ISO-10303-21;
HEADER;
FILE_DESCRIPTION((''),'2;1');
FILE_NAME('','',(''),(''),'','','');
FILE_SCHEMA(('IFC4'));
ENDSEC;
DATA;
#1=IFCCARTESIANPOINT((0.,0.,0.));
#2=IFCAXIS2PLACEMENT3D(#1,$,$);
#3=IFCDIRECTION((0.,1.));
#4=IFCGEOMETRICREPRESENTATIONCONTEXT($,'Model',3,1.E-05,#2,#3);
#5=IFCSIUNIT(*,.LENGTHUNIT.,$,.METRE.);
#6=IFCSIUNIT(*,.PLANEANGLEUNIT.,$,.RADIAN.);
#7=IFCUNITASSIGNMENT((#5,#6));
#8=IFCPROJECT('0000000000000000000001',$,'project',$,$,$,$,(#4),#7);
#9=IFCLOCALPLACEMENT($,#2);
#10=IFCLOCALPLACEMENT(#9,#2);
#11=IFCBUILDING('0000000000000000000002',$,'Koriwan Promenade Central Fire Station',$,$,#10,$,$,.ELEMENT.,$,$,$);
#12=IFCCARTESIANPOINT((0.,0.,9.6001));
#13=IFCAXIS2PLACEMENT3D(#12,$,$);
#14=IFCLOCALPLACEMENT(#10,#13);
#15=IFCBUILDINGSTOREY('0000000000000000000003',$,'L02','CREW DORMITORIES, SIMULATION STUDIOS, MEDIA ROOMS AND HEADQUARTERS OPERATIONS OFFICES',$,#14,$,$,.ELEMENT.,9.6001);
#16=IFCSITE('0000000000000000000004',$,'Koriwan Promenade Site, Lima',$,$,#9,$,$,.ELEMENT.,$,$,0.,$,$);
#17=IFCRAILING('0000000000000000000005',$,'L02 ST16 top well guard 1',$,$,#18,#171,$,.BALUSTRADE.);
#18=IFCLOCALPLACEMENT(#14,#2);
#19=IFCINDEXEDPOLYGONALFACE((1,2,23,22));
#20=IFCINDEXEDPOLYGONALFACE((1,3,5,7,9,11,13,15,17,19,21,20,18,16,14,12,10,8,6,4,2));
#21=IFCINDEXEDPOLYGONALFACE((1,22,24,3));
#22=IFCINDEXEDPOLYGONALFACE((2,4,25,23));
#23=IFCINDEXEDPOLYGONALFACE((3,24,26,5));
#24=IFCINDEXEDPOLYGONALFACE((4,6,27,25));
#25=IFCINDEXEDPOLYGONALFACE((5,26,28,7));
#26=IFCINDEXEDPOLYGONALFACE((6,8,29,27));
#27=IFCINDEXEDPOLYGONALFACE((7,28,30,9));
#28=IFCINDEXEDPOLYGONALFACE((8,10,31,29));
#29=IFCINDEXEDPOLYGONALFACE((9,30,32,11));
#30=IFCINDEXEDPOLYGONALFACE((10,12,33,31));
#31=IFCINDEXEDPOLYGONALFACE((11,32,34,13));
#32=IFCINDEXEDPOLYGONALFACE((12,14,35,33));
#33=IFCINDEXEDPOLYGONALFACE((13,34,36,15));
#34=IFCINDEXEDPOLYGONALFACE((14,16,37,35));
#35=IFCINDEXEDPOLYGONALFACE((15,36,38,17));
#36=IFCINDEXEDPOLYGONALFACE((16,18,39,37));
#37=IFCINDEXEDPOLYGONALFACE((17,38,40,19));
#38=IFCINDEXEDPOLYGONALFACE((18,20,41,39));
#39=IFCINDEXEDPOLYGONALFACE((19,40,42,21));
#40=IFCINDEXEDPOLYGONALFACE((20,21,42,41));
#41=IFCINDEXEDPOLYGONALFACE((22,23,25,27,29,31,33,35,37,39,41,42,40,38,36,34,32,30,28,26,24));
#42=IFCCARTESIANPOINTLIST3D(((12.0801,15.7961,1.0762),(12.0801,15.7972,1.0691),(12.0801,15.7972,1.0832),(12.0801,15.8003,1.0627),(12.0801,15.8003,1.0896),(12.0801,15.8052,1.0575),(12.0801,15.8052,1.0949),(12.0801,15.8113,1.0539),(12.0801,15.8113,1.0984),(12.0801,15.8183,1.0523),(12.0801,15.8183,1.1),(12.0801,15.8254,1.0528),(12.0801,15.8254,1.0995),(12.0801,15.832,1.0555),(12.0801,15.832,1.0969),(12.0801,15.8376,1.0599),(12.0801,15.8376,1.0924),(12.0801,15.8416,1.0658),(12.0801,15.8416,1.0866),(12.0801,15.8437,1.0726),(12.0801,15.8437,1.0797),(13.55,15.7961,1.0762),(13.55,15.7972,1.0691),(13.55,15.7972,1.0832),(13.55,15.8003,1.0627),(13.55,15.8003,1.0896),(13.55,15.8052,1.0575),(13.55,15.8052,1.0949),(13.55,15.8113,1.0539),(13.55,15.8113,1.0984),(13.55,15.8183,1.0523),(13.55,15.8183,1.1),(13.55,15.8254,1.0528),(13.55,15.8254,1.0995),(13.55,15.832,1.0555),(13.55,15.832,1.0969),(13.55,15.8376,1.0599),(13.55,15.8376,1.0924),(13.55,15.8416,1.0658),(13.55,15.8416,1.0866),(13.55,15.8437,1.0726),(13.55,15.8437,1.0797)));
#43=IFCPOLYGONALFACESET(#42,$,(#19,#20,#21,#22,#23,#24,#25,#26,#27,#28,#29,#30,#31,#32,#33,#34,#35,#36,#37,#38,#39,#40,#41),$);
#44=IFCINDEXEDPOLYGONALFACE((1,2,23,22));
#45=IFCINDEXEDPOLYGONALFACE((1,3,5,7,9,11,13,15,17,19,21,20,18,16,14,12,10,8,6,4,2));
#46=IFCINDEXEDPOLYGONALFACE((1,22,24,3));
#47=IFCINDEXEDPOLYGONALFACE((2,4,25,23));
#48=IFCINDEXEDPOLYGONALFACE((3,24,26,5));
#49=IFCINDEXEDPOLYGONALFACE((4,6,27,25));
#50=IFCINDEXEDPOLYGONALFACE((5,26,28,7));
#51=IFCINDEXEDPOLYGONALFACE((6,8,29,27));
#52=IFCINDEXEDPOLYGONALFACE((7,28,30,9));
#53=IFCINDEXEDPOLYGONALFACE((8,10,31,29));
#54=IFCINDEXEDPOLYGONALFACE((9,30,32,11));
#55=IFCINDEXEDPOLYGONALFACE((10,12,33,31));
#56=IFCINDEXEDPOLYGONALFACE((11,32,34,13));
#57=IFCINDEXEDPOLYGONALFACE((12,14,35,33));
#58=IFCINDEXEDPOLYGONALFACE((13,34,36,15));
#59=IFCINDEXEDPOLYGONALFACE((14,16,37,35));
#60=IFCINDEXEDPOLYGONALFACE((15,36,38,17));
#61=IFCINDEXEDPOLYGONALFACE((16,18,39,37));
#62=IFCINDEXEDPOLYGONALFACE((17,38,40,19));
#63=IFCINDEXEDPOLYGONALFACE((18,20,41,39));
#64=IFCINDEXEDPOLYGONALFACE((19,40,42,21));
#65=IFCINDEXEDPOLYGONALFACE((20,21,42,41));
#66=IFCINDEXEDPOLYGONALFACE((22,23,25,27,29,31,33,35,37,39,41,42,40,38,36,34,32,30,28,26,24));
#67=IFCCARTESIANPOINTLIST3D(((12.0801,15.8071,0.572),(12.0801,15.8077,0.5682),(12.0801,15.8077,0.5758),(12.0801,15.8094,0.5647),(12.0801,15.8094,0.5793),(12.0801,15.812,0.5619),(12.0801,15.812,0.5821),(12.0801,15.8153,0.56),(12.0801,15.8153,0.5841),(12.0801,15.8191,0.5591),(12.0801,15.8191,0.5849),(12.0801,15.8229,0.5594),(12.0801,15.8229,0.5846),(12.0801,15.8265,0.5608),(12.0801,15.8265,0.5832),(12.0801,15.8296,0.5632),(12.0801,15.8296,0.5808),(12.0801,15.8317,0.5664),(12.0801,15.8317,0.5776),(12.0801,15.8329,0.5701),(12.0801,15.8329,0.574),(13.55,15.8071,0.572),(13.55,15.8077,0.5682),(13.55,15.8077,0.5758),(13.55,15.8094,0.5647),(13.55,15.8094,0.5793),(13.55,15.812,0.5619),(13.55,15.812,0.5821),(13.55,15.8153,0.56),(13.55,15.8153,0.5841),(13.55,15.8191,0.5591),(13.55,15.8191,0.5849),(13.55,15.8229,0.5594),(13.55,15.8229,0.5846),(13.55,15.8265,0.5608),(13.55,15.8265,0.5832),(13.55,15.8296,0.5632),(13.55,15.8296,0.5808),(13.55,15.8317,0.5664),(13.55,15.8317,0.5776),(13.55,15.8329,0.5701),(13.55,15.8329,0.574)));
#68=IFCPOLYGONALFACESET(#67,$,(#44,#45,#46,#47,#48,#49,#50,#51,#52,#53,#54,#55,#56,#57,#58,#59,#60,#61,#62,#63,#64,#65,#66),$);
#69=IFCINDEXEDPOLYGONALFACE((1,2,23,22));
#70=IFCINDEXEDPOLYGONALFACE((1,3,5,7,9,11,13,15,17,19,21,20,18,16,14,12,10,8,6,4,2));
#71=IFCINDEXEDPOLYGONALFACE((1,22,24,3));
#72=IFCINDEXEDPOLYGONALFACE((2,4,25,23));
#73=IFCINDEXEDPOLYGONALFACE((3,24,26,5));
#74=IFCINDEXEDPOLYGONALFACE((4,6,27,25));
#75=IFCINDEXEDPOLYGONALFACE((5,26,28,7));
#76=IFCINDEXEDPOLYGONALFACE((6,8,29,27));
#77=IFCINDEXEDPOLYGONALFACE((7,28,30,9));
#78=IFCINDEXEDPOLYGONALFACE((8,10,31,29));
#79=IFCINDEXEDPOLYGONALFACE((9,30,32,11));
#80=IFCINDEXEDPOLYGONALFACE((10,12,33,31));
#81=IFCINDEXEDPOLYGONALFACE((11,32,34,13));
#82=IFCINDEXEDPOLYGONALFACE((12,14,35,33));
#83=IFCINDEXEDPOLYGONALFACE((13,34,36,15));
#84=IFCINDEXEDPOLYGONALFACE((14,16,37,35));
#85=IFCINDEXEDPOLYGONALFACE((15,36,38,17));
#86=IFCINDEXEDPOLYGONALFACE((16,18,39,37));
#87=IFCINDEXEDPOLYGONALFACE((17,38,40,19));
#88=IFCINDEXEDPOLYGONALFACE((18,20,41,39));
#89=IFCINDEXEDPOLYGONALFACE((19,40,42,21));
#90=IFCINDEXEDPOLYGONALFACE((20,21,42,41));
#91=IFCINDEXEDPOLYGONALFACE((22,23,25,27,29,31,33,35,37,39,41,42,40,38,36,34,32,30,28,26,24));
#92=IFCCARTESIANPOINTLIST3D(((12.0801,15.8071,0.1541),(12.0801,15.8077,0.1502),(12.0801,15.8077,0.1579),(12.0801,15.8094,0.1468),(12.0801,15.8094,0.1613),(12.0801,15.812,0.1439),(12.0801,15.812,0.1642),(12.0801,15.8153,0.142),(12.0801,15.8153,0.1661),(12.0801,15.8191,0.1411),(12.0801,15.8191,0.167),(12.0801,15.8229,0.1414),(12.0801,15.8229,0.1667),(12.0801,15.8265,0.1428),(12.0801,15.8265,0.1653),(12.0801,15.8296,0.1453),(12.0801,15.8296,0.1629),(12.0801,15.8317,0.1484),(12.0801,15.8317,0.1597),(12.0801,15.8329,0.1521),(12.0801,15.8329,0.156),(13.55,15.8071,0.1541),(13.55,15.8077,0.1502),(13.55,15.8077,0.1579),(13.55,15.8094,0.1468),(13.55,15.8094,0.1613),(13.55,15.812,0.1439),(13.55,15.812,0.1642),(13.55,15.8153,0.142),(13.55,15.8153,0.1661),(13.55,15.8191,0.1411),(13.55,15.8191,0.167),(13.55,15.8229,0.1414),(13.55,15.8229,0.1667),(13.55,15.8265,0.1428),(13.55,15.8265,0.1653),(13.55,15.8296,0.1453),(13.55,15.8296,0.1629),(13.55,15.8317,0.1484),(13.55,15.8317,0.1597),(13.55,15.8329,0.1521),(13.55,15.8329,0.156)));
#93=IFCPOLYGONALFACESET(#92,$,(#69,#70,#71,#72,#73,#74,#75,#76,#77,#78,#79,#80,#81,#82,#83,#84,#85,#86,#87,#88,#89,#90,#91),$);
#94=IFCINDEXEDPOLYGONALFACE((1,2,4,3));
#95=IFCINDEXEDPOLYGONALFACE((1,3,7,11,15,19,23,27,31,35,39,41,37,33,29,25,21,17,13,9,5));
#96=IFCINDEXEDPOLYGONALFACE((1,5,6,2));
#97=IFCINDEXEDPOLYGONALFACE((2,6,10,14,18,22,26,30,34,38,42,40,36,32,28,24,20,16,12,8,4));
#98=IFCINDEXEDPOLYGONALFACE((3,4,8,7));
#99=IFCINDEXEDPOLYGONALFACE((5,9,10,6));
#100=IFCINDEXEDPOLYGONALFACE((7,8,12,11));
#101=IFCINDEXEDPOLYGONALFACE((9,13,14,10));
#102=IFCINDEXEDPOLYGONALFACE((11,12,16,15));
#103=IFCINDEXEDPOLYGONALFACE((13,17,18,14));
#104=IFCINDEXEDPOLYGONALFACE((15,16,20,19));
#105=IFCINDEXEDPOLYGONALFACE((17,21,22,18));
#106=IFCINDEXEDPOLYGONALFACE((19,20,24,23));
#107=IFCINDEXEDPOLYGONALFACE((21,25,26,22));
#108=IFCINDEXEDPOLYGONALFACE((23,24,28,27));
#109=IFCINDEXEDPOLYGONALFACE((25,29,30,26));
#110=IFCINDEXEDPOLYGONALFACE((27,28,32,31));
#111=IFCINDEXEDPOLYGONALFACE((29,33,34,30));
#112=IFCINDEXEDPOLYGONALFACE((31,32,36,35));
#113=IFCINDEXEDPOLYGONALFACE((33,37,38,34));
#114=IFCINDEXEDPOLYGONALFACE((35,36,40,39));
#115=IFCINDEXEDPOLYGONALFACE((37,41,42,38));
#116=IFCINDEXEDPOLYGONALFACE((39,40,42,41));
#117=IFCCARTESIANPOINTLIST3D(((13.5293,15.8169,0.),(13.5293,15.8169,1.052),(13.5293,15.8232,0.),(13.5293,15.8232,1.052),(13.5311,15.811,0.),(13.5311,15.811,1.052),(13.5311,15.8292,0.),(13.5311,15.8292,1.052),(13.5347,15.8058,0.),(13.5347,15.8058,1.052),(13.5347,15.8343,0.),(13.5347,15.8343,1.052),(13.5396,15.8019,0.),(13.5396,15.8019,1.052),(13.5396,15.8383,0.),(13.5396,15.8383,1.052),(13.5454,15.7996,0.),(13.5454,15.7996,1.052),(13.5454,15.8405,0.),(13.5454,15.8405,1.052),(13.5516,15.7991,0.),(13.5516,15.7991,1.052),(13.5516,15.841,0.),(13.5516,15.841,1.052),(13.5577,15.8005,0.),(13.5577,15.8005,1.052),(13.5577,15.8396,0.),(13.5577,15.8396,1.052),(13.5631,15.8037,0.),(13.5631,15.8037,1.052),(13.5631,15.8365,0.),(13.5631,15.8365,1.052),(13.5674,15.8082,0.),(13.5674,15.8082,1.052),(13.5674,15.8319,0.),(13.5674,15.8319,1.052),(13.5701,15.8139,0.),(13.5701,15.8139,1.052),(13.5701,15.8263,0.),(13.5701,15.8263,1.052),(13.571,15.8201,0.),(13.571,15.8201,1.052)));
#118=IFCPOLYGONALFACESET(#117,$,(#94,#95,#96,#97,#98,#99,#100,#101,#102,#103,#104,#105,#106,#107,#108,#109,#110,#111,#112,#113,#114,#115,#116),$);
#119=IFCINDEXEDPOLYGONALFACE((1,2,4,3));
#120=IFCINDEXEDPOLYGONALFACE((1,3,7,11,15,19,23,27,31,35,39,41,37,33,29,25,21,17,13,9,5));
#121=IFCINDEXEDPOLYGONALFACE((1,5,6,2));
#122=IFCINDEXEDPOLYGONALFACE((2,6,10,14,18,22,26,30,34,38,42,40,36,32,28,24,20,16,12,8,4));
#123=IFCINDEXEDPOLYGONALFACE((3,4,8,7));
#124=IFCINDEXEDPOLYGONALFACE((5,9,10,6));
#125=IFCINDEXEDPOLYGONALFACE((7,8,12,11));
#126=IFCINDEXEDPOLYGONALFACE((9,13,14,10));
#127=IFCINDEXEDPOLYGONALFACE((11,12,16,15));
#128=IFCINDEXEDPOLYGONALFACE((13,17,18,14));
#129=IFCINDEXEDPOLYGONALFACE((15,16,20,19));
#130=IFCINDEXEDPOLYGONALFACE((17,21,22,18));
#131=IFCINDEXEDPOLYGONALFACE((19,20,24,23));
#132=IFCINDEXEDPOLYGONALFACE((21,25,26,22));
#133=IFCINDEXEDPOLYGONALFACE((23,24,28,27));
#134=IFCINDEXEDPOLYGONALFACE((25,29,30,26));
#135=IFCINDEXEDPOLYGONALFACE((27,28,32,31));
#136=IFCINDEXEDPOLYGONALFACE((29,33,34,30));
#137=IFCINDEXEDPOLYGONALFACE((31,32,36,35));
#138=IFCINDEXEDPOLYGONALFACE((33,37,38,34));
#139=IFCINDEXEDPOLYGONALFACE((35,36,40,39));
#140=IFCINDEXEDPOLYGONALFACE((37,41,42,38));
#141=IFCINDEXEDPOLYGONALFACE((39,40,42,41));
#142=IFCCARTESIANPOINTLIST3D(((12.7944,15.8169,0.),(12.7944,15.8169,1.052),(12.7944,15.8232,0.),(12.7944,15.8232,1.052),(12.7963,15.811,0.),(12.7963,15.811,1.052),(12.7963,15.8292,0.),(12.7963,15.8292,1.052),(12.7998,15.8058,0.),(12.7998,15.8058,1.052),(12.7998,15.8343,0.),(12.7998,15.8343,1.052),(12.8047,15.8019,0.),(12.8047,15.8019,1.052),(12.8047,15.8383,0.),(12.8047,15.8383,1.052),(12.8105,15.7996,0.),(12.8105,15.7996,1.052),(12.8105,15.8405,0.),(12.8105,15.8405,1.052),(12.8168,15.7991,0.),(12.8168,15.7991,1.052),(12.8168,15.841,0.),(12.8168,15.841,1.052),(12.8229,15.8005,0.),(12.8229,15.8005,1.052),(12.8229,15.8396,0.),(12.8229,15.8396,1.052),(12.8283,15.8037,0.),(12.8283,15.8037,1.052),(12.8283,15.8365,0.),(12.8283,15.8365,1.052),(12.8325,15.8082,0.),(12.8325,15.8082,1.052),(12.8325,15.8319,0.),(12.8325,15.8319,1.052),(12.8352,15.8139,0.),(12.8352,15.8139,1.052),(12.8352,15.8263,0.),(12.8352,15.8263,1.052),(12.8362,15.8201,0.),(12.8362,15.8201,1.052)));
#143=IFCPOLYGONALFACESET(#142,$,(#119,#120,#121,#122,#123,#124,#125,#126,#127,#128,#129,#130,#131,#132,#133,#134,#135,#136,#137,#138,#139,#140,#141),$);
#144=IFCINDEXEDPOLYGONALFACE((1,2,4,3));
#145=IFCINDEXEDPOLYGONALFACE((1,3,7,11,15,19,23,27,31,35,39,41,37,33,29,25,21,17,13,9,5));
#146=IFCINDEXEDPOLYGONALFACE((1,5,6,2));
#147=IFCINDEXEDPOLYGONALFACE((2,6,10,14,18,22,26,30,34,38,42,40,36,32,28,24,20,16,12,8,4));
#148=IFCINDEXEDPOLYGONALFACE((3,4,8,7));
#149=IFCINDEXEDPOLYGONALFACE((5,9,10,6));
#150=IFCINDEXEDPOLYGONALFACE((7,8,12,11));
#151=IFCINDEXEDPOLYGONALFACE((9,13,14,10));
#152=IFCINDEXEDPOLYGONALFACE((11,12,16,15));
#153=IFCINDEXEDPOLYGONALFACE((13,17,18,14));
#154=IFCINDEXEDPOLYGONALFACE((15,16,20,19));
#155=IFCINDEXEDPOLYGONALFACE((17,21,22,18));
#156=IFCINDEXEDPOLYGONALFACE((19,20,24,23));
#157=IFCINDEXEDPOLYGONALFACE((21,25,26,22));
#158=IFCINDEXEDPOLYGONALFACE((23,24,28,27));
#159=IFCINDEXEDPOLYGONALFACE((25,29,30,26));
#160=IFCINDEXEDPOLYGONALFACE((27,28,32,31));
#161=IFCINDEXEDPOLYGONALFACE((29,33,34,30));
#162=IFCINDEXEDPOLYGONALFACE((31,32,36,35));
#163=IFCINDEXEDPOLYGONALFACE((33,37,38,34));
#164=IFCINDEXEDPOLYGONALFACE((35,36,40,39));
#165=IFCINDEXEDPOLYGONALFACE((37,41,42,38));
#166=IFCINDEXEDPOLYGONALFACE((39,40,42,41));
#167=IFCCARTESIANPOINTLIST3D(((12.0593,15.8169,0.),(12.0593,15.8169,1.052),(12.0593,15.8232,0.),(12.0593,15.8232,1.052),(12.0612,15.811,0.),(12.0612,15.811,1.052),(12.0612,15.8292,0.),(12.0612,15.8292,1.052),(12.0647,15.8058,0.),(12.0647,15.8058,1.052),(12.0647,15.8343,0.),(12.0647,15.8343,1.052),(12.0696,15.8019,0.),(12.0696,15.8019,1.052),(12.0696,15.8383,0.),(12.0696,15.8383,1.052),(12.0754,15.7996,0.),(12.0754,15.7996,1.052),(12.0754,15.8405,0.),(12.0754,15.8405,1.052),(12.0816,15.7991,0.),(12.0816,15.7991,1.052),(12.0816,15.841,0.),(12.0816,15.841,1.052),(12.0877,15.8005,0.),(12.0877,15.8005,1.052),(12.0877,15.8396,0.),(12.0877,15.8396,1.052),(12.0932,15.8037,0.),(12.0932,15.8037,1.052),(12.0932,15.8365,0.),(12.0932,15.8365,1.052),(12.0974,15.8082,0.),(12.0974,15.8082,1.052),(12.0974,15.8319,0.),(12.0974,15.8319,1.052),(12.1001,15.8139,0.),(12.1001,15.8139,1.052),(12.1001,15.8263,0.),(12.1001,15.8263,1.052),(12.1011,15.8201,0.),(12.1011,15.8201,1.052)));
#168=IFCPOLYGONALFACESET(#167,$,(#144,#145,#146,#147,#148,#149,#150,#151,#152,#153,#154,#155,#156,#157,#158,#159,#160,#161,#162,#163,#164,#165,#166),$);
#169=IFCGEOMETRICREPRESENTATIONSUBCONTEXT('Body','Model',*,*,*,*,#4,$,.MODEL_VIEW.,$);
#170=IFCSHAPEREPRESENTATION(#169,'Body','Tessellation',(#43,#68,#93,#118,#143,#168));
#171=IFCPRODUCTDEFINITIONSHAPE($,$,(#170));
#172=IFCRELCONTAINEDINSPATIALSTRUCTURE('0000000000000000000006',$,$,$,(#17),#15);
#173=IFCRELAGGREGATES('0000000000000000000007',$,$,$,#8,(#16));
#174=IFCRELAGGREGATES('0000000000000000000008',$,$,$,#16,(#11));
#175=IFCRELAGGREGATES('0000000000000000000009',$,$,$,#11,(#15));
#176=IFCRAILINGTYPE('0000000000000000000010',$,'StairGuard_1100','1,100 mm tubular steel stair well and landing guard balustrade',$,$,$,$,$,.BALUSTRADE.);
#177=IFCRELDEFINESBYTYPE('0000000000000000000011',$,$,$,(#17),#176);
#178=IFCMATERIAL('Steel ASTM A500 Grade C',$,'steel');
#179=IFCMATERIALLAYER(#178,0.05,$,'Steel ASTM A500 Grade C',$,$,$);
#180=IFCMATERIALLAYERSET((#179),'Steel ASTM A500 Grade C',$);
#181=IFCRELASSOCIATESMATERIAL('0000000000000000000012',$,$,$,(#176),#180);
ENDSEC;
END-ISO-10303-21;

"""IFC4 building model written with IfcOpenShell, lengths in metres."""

from ifc_helpers import new_model, si_unit, direction, frame, origin, origin_2d, place, context, subcontext, project, spatial, circle, extrude, material, layer, layer_set, type_object, element, save


model = new_model("IFC4")

# Units and contexts
model_context = context("Model", 3, precision=1e-05, world=origin(), true_north=direction((0.0, 1.0)))
body_context = subcontext(model_context, "Body", "Model", "MODEL_VIEW")
ifc_project = project(units=[si_unit("LENGTHUNIT", "METRE"), si_unit("PLANEANGLEUNIT", "RADIAN")], contexts=[model_context])

# Site, building, storey
site_placement = place(None, origin())
site = spatial("IfcSite", under=ifc_project, at=site_placement, Name="Koriwan Promenade Site, Lima", CompositionType="ELEMENT", RefElevation=0.0)
building_placement = place(site_placement, origin())
building = spatial("IfcBuilding", under=site, at=building_placement, Name="Koriwan Promenade Central Fire Station", CompositionType="ELEMENT")
storey_placement = place(building_placement, frame((0.0, 0.0, 9.6001)))
storey = spatial("IfcBuildingStorey", under=building, at=storey_placement, Name="L02", Description="CREW DORMITORIES, SIMULATION STUDIOS, MEDIA ROOMS AND HEADQUARTERS OPERATIONS OFFICES", CompositionType="ELEMENT", Elevation=9.6001)

# Railing
ifc_material_1 = material(Name="Steel ASTM A500 Grade C", Category="steel")
ifc_layer_1 = layer(ifc_material_1, 0.05, Name="Steel ASTM A500 Grade C")
ifc_layer_set_1 = layer_set([ifc_layer_1], Name="Steel ASTM A500 Grade C")
railing_type = type_object("IfcRailingType", Name="StairGuard_1100", Description="1,100 mm tubular steel stair well and landing guard balustrade", PredefinedType="BALUSTRADE", material=ifc_layer_set_1)
for number, where, name in (
    (1, (13.55, 15.8201, 0.0), "L02 ST16 top well guard 1"),
):
    element("IfcRailing", number, at=place(storey_placement, frame(where)), inside=storey, type_object=railing_type, Name=name, PredefinedType="BALUSTRADE", context=body_context, shape_type="SweptSolid", body=[
        extrude(circle(Radius=0.0239, at=origin_2d()), frame((0.0, 0.0, 1.0762), z_axis=(-1.0, 0.0, 0.0), x_axis=(0.0, -1.0, 0.0)), (0.0, 0.0, 1.0), 1.47),
        extrude(circle(Radius=0.0129, at=origin_2d()), frame((0.0, 0.0, 0.572), z_axis=(-1.0, 0.0, 0.0), x_axis=(0.0, -1.0, 0.0)), (0.0, 0.0, 1.0), 1.47),
        extrude(circle(Radius=0.0129, at=origin_2d()), frame((0.0, 0.0, 0.1541), z_axis=(-1.0, 0.0, 0.0), x_axis=(0.0, -1.0, 0.0)), (0.0, 0.0, 1.0), 1.47),
        extrude(circle(Radius=0.021, at=origin_2d()), origin(), (0.0, 0.0, 1.0), 1.052),
        extrude(circle(Radius=0.021, at=origin_2d()), frame((-0.7349, 0.0, 0.0)), (0.0, 0.0, 1.0), 1.052),
        extrude(circle(Radius=0.021, at=origin_2d()), frame((-1.47, 0.0, 0.0)), (0.0, 0.0, 1.0), 1.052),
    ])

save(model, "model.ifc")
